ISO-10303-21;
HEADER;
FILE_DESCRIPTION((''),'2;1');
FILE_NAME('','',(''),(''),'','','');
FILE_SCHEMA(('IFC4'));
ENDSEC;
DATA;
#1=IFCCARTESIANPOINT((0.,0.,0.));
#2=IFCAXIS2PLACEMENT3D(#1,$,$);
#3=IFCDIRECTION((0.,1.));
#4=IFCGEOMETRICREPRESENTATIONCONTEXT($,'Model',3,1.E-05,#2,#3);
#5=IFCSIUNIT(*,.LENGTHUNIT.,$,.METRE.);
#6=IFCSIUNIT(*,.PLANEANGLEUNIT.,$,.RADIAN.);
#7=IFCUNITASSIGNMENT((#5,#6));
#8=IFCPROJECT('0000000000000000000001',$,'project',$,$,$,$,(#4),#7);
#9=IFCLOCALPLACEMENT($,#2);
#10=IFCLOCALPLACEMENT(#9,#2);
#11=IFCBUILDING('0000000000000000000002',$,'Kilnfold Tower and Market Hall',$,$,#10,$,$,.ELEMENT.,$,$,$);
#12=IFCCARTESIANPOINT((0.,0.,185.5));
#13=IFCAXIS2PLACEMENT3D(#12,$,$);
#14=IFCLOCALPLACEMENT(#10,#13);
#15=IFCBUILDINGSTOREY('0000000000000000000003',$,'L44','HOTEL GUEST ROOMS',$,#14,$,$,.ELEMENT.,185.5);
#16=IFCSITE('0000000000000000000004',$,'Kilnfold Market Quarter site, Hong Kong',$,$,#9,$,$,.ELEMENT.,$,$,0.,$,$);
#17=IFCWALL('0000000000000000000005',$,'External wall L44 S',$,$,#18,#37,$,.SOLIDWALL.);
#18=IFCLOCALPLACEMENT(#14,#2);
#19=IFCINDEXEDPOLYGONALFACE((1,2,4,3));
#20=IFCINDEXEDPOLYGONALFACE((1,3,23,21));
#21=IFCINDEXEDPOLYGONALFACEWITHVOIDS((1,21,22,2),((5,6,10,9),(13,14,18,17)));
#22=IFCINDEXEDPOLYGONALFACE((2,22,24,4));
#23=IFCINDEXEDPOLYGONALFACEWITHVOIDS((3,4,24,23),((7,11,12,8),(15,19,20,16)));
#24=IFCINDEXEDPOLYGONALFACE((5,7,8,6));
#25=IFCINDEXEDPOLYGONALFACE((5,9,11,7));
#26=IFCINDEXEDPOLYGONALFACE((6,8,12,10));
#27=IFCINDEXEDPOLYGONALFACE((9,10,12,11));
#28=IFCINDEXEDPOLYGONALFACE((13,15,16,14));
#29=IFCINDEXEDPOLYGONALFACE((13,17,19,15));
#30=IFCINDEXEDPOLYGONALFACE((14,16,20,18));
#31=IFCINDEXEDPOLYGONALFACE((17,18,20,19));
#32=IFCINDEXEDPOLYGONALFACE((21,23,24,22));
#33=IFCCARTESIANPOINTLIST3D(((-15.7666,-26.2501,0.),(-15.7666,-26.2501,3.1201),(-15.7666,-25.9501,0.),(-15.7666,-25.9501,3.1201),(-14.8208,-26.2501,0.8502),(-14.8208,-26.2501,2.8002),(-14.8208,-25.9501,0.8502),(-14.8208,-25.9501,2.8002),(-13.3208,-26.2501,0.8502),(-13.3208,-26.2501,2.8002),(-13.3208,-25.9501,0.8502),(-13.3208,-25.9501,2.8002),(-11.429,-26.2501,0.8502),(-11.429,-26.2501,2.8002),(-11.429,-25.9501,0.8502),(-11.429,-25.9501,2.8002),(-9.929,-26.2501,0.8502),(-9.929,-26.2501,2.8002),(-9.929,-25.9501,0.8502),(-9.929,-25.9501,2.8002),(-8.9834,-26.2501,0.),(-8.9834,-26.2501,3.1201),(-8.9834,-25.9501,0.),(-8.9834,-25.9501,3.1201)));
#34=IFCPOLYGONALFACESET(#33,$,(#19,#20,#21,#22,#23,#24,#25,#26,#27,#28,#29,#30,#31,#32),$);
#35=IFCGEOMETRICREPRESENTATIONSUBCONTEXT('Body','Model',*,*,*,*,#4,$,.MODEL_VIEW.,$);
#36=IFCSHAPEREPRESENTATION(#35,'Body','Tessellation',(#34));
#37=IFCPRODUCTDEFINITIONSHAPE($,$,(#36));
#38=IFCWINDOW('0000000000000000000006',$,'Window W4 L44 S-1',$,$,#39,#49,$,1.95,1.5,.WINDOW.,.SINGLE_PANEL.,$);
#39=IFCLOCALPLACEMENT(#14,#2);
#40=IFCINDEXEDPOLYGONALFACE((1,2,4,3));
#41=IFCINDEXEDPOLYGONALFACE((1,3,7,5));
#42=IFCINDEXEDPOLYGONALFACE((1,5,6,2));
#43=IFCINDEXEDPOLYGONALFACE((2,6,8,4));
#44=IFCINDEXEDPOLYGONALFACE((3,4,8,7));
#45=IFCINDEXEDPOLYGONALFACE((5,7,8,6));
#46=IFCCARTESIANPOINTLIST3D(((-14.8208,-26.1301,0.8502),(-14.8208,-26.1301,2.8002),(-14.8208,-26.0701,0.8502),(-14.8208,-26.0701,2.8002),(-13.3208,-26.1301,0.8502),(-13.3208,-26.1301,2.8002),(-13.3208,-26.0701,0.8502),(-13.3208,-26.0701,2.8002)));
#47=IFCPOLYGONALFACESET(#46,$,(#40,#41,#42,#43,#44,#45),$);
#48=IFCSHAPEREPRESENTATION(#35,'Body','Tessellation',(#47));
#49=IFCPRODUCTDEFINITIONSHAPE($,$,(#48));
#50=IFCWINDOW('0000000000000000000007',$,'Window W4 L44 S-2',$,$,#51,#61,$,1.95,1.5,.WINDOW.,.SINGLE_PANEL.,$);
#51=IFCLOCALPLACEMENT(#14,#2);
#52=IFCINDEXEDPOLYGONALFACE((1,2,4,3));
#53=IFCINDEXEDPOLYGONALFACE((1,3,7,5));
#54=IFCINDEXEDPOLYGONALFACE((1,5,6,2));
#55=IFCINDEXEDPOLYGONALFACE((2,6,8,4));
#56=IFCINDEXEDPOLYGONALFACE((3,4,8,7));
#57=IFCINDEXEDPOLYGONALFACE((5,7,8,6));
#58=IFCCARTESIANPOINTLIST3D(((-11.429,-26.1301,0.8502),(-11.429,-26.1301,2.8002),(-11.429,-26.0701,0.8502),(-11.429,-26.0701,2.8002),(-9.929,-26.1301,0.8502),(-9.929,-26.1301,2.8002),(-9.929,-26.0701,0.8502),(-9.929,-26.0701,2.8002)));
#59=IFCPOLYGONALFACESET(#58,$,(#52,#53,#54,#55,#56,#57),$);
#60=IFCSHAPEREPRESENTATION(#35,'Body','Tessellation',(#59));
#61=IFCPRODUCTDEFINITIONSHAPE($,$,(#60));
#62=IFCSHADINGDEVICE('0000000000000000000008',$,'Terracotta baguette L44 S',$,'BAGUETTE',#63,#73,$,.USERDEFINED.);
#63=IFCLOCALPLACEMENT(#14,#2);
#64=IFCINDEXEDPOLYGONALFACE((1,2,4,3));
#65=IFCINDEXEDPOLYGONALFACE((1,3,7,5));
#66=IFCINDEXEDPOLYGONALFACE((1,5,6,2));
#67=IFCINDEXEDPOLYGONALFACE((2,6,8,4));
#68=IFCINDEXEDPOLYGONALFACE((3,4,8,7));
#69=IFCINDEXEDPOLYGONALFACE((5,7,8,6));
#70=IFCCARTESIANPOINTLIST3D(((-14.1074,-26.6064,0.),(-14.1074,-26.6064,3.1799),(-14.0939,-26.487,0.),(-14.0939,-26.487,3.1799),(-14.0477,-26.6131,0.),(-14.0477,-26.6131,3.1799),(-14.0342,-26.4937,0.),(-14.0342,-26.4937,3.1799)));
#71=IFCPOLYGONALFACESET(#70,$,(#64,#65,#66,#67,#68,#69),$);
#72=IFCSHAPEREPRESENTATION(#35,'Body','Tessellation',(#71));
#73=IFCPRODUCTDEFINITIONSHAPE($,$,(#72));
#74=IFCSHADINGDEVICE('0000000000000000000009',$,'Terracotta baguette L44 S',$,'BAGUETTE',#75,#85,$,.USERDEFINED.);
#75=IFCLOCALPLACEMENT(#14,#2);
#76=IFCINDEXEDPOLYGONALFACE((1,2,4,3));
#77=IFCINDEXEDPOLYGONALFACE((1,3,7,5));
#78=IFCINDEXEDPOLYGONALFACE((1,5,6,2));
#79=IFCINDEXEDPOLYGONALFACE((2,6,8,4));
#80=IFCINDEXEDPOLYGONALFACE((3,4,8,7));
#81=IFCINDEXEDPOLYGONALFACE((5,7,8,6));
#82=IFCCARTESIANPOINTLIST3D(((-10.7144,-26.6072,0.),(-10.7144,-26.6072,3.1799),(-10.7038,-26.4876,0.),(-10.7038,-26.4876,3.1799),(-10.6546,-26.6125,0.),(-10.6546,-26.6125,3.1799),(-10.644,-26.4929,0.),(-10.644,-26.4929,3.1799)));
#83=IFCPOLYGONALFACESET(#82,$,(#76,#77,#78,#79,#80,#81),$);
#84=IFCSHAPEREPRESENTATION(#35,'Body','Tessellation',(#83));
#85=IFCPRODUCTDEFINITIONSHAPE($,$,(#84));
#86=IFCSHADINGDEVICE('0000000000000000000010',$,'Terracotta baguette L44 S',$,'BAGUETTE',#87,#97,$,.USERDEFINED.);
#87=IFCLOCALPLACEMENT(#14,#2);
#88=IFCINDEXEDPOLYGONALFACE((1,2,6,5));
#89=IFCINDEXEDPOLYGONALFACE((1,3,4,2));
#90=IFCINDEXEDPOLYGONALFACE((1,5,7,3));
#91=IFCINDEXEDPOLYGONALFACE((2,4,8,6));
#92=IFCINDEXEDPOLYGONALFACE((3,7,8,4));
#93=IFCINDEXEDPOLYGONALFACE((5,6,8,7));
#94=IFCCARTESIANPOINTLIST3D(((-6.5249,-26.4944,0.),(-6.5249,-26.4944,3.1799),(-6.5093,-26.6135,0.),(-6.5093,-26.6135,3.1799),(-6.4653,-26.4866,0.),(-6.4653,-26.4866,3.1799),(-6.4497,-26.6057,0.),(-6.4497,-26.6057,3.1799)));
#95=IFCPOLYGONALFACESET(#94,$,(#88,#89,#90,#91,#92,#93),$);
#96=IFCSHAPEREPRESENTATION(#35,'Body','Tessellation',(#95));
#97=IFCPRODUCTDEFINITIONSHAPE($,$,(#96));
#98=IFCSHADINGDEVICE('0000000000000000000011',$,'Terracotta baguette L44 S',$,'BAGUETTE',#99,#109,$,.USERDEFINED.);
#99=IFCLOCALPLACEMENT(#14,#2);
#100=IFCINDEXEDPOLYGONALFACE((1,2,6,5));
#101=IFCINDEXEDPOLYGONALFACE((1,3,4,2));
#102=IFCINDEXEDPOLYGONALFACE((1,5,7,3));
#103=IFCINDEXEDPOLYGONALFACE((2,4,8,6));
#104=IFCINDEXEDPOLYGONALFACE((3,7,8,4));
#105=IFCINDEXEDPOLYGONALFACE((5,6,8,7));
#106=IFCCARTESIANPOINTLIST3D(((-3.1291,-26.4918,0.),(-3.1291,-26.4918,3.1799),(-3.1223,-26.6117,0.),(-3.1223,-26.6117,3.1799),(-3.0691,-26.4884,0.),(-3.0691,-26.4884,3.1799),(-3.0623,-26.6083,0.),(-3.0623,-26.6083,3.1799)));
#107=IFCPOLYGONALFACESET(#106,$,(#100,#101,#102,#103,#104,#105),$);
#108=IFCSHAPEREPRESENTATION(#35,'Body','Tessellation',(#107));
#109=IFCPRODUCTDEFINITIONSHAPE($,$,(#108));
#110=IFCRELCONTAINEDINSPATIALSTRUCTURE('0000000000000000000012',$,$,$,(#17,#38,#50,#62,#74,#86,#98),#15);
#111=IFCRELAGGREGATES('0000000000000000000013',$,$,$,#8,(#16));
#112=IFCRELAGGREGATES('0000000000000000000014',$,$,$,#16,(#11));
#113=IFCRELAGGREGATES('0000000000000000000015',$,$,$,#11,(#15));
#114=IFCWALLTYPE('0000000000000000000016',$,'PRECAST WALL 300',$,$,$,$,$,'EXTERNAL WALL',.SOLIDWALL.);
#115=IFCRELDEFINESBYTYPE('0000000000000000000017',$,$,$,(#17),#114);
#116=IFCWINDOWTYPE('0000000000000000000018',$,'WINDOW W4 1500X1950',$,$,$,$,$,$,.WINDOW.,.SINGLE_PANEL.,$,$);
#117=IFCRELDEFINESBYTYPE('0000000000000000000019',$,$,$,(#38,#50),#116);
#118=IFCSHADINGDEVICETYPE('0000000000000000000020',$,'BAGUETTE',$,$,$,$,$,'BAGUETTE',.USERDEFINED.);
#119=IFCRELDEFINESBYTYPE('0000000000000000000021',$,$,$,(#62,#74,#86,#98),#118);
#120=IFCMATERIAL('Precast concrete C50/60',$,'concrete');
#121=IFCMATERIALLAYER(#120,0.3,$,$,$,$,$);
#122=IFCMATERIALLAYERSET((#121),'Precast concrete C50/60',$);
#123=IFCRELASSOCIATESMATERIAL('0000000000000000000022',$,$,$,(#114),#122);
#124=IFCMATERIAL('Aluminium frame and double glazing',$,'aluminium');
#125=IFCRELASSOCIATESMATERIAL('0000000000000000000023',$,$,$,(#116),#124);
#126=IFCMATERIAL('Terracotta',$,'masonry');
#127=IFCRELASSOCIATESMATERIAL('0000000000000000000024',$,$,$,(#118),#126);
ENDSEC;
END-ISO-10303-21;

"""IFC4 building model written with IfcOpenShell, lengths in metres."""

from ifc_helpers import new_model, si_unit, direction, frame, frame_2d, origin, origin_2d, place, context, subcontext, project, spatial, rectangle, extrude, source, transform, mapped, material, layer, layer_set, material_profile, profile_set, type_object, element, fill, save


model = new_model("IFC4")

# Units and contexts
model_context = context("Model", 3, precision=1e-05, world=origin(), true_north=direction((0.0, 1.0)))
body_context = subcontext(model_context, "Body", "Model", "MODEL_VIEW")
ifc_project = project(units=[si_unit("LENGTHUNIT", "METRE"), si_unit("PLANEANGLEUNIT", "RADIAN")], contexts=[model_context])

# Site, building, storey
site_placement = place(None, origin())
site = spatial("IfcSite", under=ifc_project, at=site_placement, Name="Kilnfold Market Quarter site, Hong Kong", CompositionType="ELEMENT", RefElevation=0.0)
building_placement = place(site_placement, origin())
building = spatial("IfcBuilding", under=site, at=building_placement, Name="Kilnfold Tower and Market Hall", CompositionType="ELEMENT")
storey_placement = place(building_placement, frame((0.0, 0.0, 185.5)))
storey = spatial("IfcBuildingStorey", under=building, at=storey_placement, Name="L44", Description="HOTEL GUEST ROOMS", CompositionType="ELEMENT", Elevation=185.5)

# Wall, openings, windows
ifc_material_1 = material(Name="Precast concrete C50/60", Category="concrete")
ifc_layer_1 = layer(ifc_material_1, 0.3)
ifc_layer_set_1 = layer_set([ifc_layer_1], Name="Precast concrete C50/60")
wall_type_1 = type_object("IfcWallType", Name="PRECAST WALL 300", ElementType="EXTERNAL WALL", PredefinedType="SOLIDWALL", material=ifc_layer_set_1)
ifc_material_2 = material(Name="Aluminium frame and double glazing", Category="aluminium")
window_type = type_object("IfcWindowType", Name="WINDOW W4 1500X1950", PartitioningType="SINGLE_PANEL", PredefinedType="WINDOW", material=ifc_material_2)
shared_shape_1 = source(origin(), body_context, "Body", "SweptSolid", [
    extrude(rectangle(XDim=6.7832, YDim=0.3, at=frame_2d((3.3916, 0.0))), origin(), (0.0, 0.0, 1.0), 3.1201),
])
wall_1_placement = place(storey_placement, frame((-15.7666, -26.1001, 0.0), z_axis=(0.0, 0.0, 1.0), x_axis=(1.0, 0.0, 0.0)))
wall_1 = element("IfcWall", 1, at=wall_1_placement, inside=storey, type_object=wall_type_1, Name="External wall L44 S", PredefinedType="SOLIDWALL", context=body_context, shape_type="MappedRepresentation", body=[
    mapped(shared_shape_1, transform((0.0, 0.0, 0.0))),
])
opening_1_placement = place(wall_1_placement, frame((0.9458, 0.0, 0.8501)))
opening_1 = element("IfcOpeningElement", 2, at=opening_1_placement, cuts=wall_1, PredefinedType="OPENING", context=body_context, shape_type="SweptSolid", body=[
    extrude(rectangle(XDim=1.5, YDim=1.95, at=frame_2d((0.75, 0.9751))), frame((0.0, 0.1602, 0.0), z_axis=(0.0, -1.0, 0.0), x_axis=(1.0, 0.0, 0.0)), (0.0, 0.0, 1.0), 0.3201),
])
opening_2_placement = place(wall_1_placement, frame((4.3376, 0.0, 0.8501)))
opening_2 = element("IfcOpeningElement", 3, at=opening_2_placement, cuts=wall_1, PredefinedType="OPENING", context=body_context, shape_type="SweptSolid", body=[
    extrude(rectangle(XDim=1.5, YDim=1.95, at=frame_2d((0.75, 0.9751))), frame((0.0, 0.1602, 0.0), z_axis=(0.0, -1.0, 0.0), x_axis=(1.0, 0.0, 0.0)), (0.0, 0.0, 1.0), 0.3201),
])
window_1_placement = place(opening_1_placement, origin())
window_1 = element("IfcWindow", 4, at=window_1_placement, inside=storey, type_object=window_type, Name="Window W4 L44 S-1", OverallHeight=1.95, OverallWidth=1.5, PartitioningType="SINGLE_PANEL", PredefinedType="WINDOW", context=body_context, shape_type="SweptSolid", body=[
    extrude(rectangle(XDim=1.5, YDim=1.95, at=frame_2d((0.75, 0.9751))), frame((0.0, 0.03, 0.0), z_axis=(0.0, -1.0, 0.0), x_axis=(1.0, 0.0, 0.0)), (0.0, 0.0, 1.0), 0.0601),
])
fill(opening_1, window_1)
window_2_placement = place(opening_2_placement, origin())
window_2 = element("IfcWindow", 5, at=window_2_placement, inside=storey, type_object=window_type, Name="Window W4 L44 S-2", OverallHeight=1.95, OverallWidth=1.5, PartitioningType="SINGLE_PANEL", PredefinedType="WINDOW", context=body_context, shape_type="SweptSolid", body=[
    extrude(rectangle(XDim=1.5, YDim=1.95, at=frame_2d((0.75, 0.9751))), frame((0.0, 0.03, 0.0), z_axis=(0.0, -1.0, 0.0), x_axis=(1.0, 0.0, 0.0)), (0.0, 0.0, 1.0), 0.0601),
])
fill(opening_2, window_2)

# Shading devices
ifc_material_3 = material(Name="Terracotta", Category="masonry")
ifc_material_profile_1 = material_profile(ifc_material_3, rectangle(XDim=0.0601, YDim=0.1201, at=origin_2d()), Name="BAG 60x120")
ifc_profile_set_1 = profile_set([ifc_material_profile_1], Name="Terracotta")
shading_device_type = type_object("IfcShadingDeviceType", Name="BAGUETTE", ElementType="BAGUETTE", PredefinedType="USERDEFINED", material=ifc_profile_set_1)
shared_shape_2 = source(origin(), body_context, "Body", "SweptSolid", [
    extrude(rectangle(XDim=0.0601, YDim=0.1201, at=origin_2d()), origin(), (0.0, 0.0, 1.0), 3.1799),
])
for number, where, z_axis, x_axis, name in (
    (6, (-14.0708, -26.55, 0.0), (0.0, 0.0, 1.0), (0.993664, -0.112395, 0.0), "Terracotta baguette L44 S"),
    (7, (-10.6792, -26.55, 0.0), (0.0, 0.0, 1.0), (0.99614, -0.08778, 0.0), "Terracotta baguette L44 S"),
    (8, (-6.4873, -26.55, 0.0), (0.0, 0.0, 1.0), (0.991542, 0.129787, 0.0), "Terracotta baguette L44 S"),
    (9, (-3.0957, -26.55, 0.0), (0.0, 0.0, 1.0), (0.998386, 0.056787, 0.0), "Terracotta baguette L44 S"),
):
    element("IfcShadingDevice", number, at=place(storey_placement, frame(where, z_axis=z_axis, x_axis=x_axis)), inside=storey, type_object=shading_device_type, Name=name, ObjectType="BAGUETTE", PredefinedType="USERDEFINED", context=body_context, shape_type="MappedRepresentation", body=[
        mapped(shared_shape_2, transform((0.0, 0.0, 0.0))),
    ])

save(model, "model.ifc")
